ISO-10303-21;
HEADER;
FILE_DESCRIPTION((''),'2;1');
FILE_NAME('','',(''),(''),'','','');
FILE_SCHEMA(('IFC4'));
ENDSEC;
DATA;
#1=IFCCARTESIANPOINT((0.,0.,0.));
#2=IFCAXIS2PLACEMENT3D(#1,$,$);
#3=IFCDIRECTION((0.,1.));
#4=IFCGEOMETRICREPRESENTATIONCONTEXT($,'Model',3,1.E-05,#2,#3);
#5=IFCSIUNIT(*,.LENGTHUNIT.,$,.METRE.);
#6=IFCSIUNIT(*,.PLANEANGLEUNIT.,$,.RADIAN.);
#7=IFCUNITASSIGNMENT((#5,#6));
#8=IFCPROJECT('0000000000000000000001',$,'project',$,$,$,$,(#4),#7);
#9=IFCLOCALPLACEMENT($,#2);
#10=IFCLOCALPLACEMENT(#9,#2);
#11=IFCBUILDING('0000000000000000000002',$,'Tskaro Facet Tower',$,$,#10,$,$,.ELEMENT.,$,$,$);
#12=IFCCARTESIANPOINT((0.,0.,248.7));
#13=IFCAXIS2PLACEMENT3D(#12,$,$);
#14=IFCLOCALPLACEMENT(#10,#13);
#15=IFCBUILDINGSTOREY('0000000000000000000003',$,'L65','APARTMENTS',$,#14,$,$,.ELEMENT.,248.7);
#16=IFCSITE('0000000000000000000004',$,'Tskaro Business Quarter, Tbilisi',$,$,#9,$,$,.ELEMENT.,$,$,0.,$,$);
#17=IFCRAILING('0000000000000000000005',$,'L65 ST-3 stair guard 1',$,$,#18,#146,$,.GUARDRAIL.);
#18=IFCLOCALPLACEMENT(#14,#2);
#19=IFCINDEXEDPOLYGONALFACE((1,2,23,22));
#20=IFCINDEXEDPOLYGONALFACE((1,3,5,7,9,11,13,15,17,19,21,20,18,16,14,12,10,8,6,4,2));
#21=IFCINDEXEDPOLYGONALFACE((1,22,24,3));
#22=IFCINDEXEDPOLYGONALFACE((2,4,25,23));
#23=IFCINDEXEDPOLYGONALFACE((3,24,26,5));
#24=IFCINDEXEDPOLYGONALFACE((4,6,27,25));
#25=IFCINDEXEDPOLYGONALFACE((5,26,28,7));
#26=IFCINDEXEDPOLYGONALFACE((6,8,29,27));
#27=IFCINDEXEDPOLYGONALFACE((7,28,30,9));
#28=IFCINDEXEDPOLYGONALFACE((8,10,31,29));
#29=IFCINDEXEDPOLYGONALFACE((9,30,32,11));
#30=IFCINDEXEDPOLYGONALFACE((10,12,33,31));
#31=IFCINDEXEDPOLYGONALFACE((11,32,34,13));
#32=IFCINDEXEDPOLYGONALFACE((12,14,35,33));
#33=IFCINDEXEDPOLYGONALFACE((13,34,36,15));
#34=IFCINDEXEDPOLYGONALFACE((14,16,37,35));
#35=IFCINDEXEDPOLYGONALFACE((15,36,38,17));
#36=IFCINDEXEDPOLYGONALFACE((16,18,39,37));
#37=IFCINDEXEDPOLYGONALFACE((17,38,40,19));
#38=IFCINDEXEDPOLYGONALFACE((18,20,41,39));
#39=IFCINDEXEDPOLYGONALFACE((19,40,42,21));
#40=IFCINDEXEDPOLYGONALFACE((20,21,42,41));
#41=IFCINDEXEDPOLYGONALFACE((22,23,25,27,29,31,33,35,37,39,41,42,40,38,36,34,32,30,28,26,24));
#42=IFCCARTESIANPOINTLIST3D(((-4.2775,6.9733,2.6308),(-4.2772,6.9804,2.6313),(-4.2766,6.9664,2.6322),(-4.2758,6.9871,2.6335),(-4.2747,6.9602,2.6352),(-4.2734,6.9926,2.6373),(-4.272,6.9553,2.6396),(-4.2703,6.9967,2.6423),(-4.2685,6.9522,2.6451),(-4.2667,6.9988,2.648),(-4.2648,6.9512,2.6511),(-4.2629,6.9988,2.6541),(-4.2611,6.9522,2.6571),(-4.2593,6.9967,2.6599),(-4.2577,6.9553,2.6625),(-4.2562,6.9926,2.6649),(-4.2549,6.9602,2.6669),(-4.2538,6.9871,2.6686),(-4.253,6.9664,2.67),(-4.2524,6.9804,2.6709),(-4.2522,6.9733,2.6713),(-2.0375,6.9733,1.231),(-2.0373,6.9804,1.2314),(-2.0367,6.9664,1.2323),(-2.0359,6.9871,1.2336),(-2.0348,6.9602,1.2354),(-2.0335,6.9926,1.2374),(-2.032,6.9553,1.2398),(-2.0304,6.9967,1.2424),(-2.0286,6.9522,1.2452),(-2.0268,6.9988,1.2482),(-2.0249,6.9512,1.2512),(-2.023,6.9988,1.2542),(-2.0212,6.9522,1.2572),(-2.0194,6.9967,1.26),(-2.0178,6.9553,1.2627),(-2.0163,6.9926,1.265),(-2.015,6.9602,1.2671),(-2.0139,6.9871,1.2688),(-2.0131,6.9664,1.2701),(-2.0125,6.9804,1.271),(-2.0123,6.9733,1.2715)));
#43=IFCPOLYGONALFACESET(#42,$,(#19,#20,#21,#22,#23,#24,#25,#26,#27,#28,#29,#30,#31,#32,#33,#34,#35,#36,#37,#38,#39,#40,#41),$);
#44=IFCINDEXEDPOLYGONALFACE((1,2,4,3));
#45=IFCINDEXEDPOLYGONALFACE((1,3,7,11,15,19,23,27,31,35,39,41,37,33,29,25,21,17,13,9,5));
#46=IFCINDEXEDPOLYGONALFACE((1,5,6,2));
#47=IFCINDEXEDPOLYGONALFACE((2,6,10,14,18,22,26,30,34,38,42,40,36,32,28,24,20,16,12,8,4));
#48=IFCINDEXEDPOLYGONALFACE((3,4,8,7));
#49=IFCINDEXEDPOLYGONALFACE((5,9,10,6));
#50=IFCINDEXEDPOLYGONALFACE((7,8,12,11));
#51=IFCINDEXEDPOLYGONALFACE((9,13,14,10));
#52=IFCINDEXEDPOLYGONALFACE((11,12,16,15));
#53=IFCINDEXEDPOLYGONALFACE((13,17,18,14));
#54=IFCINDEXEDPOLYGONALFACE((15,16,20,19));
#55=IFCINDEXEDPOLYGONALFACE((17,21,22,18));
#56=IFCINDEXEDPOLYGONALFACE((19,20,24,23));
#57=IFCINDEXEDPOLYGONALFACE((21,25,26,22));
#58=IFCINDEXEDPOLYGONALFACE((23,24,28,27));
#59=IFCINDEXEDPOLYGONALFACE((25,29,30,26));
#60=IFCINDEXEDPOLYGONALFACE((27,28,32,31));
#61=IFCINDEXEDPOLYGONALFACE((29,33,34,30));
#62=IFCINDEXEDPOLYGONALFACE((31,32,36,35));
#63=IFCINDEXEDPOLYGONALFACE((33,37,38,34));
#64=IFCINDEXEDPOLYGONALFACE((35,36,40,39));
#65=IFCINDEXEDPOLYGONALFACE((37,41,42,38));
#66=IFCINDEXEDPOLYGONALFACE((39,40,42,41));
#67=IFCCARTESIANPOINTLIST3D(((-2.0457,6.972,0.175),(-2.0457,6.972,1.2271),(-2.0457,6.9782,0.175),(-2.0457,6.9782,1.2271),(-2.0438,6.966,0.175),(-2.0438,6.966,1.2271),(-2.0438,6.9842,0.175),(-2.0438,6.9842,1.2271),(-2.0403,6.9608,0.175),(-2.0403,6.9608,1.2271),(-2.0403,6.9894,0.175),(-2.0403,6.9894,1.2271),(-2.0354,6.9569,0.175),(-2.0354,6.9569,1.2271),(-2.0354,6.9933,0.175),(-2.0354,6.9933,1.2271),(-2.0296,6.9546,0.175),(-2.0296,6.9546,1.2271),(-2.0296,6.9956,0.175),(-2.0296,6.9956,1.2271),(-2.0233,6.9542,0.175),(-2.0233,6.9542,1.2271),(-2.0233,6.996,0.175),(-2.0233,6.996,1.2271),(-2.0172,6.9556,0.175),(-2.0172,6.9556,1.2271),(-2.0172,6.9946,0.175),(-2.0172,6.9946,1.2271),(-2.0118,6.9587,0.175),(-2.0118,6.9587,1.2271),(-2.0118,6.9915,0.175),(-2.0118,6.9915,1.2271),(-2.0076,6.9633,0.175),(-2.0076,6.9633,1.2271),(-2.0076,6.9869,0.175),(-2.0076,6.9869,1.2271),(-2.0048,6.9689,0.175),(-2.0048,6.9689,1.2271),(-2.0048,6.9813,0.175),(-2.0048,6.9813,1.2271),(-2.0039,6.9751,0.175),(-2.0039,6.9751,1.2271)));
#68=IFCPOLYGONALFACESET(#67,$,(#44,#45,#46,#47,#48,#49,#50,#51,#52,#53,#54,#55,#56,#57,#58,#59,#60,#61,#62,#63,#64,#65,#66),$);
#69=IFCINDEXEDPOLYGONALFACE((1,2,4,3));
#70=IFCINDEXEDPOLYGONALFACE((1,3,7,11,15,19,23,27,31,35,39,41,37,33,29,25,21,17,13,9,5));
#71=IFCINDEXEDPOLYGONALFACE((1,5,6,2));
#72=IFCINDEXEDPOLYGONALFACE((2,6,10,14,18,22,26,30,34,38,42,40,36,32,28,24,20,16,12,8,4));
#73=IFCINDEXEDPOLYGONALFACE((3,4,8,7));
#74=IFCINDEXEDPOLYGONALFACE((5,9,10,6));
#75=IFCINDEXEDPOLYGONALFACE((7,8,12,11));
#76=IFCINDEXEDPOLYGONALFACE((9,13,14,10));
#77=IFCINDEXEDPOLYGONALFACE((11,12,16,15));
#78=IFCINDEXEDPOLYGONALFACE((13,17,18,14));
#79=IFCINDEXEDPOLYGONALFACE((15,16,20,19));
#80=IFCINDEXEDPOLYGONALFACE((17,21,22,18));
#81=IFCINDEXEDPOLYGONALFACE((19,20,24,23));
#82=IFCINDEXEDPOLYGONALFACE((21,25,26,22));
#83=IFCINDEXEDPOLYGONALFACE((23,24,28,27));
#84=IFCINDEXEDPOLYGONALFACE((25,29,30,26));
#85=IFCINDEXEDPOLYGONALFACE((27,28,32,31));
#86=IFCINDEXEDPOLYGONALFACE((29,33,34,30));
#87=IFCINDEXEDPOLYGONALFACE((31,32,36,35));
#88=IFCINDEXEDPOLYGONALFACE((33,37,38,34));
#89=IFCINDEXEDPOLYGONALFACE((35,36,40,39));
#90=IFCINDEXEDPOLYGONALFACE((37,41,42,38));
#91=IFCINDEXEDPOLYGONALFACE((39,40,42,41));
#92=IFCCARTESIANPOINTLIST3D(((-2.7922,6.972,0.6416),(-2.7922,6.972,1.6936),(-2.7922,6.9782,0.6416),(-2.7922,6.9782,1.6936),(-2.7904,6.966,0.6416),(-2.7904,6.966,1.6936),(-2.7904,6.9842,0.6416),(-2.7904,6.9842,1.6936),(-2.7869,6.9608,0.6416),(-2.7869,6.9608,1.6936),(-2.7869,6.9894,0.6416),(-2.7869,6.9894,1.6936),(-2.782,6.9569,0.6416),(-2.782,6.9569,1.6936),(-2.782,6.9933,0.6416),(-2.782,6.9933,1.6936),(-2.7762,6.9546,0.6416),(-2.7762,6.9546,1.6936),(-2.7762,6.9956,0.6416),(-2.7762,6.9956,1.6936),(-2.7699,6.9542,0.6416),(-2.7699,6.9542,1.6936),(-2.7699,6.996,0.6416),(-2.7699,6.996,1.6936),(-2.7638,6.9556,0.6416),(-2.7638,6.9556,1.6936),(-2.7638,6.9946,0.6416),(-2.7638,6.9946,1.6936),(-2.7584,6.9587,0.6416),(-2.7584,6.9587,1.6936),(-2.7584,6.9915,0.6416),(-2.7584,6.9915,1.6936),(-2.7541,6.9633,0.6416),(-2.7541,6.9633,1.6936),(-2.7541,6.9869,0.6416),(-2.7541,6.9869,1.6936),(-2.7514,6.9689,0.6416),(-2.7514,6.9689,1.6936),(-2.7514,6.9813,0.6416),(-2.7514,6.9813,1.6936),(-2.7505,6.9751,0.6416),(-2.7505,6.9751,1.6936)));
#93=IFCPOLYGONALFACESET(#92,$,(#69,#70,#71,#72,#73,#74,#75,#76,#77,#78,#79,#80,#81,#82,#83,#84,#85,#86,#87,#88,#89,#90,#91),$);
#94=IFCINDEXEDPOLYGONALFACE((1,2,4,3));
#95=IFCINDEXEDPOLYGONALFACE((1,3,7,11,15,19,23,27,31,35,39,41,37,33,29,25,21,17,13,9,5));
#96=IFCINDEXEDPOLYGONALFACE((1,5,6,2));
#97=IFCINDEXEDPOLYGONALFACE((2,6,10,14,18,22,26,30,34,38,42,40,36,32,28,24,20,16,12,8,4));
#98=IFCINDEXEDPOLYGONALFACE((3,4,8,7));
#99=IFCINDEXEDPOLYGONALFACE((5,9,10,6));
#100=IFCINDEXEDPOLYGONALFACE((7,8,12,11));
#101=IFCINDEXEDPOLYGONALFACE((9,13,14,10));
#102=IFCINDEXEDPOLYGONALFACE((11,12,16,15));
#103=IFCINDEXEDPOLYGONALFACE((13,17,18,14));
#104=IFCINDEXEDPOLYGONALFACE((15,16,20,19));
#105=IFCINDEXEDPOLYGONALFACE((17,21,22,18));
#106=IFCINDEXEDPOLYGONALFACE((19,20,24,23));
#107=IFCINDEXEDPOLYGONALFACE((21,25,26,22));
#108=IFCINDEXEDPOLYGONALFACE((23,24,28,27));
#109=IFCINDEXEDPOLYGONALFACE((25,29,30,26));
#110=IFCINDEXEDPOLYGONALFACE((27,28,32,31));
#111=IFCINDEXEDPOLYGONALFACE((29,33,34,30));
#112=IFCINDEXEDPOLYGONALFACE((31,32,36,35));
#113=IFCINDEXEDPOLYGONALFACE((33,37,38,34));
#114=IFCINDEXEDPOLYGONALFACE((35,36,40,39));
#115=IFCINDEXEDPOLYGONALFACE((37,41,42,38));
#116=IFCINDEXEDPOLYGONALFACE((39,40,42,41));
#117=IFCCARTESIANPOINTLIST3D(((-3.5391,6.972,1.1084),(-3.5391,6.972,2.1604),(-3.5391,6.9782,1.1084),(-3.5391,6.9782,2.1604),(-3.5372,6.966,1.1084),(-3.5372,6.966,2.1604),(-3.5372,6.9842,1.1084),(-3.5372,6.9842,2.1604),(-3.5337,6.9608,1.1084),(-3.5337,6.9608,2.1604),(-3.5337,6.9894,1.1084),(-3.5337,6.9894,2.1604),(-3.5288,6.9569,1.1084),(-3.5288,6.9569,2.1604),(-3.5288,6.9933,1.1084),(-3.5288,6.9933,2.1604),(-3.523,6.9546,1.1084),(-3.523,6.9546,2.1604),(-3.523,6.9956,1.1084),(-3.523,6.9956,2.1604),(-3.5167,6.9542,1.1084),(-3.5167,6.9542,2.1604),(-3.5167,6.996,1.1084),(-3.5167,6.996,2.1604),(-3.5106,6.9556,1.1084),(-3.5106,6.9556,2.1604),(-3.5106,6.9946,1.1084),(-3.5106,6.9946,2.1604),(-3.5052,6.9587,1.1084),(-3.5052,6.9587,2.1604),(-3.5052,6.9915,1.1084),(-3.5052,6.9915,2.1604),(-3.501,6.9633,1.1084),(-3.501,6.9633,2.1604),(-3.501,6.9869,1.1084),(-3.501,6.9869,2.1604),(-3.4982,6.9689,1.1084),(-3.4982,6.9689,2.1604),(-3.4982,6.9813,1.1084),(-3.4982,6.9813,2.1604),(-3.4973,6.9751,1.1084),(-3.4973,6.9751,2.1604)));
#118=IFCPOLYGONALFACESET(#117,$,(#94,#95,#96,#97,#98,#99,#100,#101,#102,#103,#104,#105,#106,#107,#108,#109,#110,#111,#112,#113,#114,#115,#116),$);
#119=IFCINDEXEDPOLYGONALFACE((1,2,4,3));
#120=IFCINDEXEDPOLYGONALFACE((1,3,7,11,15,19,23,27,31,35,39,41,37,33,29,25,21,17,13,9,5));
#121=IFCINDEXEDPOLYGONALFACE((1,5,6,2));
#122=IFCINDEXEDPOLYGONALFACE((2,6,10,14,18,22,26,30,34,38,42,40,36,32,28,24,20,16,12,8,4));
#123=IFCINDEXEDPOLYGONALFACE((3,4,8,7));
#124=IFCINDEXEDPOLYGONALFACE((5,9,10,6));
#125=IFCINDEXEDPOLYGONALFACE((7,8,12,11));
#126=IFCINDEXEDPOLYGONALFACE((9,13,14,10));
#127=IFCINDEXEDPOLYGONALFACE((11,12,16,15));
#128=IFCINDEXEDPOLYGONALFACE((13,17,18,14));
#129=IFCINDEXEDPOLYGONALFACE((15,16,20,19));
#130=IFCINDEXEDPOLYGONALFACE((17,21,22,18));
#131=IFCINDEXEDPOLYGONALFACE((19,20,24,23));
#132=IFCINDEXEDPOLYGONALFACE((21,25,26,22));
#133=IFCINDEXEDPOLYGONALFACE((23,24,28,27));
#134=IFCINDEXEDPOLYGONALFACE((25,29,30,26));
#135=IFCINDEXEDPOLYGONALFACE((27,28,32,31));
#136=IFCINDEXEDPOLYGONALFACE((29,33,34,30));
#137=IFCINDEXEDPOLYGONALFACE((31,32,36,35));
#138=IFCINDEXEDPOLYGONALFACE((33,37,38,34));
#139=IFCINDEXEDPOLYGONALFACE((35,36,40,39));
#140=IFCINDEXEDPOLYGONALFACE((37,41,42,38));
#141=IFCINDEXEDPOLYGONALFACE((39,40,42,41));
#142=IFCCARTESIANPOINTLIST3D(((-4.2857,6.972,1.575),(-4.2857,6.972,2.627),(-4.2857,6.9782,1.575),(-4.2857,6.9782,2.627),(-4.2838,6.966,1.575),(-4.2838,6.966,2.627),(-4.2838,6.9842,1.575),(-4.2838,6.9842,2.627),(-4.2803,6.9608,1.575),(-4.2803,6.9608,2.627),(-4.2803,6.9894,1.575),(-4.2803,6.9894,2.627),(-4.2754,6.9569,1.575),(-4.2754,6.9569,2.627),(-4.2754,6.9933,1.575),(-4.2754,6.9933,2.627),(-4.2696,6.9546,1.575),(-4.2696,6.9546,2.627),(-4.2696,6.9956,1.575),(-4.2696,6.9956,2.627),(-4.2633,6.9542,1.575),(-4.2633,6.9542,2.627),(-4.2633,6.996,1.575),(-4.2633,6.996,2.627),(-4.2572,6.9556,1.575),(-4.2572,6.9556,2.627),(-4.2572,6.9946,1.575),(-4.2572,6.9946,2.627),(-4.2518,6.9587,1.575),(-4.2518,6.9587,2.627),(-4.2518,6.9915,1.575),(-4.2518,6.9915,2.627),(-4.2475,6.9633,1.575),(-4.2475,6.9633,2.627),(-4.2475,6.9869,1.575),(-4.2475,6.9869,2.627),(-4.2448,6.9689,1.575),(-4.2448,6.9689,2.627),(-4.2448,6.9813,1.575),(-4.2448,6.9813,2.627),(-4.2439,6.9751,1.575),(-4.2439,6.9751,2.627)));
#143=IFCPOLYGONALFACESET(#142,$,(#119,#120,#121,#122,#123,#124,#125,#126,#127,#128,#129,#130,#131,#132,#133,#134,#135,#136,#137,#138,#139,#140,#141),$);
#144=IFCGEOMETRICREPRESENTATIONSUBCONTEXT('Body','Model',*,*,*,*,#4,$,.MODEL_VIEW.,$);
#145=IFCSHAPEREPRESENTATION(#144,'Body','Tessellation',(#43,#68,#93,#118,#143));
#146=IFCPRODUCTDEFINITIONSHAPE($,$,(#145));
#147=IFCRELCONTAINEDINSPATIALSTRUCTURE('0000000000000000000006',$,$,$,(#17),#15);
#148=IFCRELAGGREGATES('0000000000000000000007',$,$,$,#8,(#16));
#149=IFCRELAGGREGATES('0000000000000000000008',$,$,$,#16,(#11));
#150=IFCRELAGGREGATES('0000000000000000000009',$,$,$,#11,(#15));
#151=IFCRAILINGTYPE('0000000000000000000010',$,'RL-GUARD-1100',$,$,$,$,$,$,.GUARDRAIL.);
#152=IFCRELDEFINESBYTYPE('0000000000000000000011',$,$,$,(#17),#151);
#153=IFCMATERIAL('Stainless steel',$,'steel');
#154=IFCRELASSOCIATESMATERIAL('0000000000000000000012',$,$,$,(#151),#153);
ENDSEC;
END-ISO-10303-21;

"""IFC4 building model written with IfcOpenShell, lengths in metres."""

from ifc_helpers import new_model, si_unit, direction, frame, origin, origin_2d, place, context, subcontext, project, spatial, circle, extrude, material, type_object, element, save


model = new_model("IFC4")

# Units and contexts
model_context = context("Model", 3, precision=1e-05, world=origin(), true_north=direction((0.0, 1.0)))
body_context = subcontext(model_context, "Body", "Model", "MODEL_VIEW")
ifc_project = project(units=[si_unit("LENGTHUNIT", "METRE"), si_unit("PLANEANGLEUNIT", "RADIAN")], contexts=[model_context])

# Site, building, storey
site_placement = place(None, origin())
site = spatial("IfcSite", under=ifc_project, at=site_placement, Name="Tskaro Business Quarter, Tbilisi", CompositionType="ELEMENT", RefElevation=0.0)
building_placement = place(site_placement, origin())
building = spatial("IfcBuilding", under=site, at=building_placement, Name="Tskaro Facet Tower", CompositionType="ELEMENT")
storey_placement = place(building_placement, frame((0.0, 0.0, 248.7)))
storey = spatial("IfcBuildingStorey", under=building, at=storey_placement, Name="L65", Description="APARTMENTS", CompositionType="ELEMENT", Elevation=248.7)

# Railing
ifc_material_1 = material(Name="Stainless steel", Category="steel")
railing_type_1 = type_object("IfcRailingType", Name="RL-GUARD-1100", PredefinedType="GUARDRAIL", material=ifc_material_1)
railing_1_placement = place(storey_placement, frame((-2.0249, 6.9751, 0.175)))
element("IfcRailing", 1, at=railing_1_placement, inside=storey, type_object=railing_type_1, Name="L65 ST-3 stair guard 1", PredefinedType="GUARDRAIL", context=body_context, shape_type="SweptSolid", body=[
    extrude(circle(Radius=0.0239, at=origin_2d()), frame((0.0, 0.0, 1.0762), z_axis=(-0.848014, 0.0, 0.529974), x_axis=(0.0, -1.0, 0.0)), (0.0, 0.0, 1.0), 2.6414),
    extrude(circle(Radius=0.021, at=origin_2d()), origin(), (0.0, 0.0, 1.0), 1.052),
    extrude(circle(Radius=0.021, at=origin_2d()), frame((-0.7466, 0.0, 0.4666)), (0.0, 0.0, 1.0), 1.052),
    extrude(circle(Radius=0.021, at=origin_2d()), frame((-1.4934, 0.0, 0.9333)), (0.0, 0.0, 1.0), 1.052),
    extrude(circle(Radius=0.021, at=origin_2d()), frame((-2.24, 0.0, 1.3999)), (0.0, 0.0, 1.0), 1.052),
])

save(model, "model.ifc")
